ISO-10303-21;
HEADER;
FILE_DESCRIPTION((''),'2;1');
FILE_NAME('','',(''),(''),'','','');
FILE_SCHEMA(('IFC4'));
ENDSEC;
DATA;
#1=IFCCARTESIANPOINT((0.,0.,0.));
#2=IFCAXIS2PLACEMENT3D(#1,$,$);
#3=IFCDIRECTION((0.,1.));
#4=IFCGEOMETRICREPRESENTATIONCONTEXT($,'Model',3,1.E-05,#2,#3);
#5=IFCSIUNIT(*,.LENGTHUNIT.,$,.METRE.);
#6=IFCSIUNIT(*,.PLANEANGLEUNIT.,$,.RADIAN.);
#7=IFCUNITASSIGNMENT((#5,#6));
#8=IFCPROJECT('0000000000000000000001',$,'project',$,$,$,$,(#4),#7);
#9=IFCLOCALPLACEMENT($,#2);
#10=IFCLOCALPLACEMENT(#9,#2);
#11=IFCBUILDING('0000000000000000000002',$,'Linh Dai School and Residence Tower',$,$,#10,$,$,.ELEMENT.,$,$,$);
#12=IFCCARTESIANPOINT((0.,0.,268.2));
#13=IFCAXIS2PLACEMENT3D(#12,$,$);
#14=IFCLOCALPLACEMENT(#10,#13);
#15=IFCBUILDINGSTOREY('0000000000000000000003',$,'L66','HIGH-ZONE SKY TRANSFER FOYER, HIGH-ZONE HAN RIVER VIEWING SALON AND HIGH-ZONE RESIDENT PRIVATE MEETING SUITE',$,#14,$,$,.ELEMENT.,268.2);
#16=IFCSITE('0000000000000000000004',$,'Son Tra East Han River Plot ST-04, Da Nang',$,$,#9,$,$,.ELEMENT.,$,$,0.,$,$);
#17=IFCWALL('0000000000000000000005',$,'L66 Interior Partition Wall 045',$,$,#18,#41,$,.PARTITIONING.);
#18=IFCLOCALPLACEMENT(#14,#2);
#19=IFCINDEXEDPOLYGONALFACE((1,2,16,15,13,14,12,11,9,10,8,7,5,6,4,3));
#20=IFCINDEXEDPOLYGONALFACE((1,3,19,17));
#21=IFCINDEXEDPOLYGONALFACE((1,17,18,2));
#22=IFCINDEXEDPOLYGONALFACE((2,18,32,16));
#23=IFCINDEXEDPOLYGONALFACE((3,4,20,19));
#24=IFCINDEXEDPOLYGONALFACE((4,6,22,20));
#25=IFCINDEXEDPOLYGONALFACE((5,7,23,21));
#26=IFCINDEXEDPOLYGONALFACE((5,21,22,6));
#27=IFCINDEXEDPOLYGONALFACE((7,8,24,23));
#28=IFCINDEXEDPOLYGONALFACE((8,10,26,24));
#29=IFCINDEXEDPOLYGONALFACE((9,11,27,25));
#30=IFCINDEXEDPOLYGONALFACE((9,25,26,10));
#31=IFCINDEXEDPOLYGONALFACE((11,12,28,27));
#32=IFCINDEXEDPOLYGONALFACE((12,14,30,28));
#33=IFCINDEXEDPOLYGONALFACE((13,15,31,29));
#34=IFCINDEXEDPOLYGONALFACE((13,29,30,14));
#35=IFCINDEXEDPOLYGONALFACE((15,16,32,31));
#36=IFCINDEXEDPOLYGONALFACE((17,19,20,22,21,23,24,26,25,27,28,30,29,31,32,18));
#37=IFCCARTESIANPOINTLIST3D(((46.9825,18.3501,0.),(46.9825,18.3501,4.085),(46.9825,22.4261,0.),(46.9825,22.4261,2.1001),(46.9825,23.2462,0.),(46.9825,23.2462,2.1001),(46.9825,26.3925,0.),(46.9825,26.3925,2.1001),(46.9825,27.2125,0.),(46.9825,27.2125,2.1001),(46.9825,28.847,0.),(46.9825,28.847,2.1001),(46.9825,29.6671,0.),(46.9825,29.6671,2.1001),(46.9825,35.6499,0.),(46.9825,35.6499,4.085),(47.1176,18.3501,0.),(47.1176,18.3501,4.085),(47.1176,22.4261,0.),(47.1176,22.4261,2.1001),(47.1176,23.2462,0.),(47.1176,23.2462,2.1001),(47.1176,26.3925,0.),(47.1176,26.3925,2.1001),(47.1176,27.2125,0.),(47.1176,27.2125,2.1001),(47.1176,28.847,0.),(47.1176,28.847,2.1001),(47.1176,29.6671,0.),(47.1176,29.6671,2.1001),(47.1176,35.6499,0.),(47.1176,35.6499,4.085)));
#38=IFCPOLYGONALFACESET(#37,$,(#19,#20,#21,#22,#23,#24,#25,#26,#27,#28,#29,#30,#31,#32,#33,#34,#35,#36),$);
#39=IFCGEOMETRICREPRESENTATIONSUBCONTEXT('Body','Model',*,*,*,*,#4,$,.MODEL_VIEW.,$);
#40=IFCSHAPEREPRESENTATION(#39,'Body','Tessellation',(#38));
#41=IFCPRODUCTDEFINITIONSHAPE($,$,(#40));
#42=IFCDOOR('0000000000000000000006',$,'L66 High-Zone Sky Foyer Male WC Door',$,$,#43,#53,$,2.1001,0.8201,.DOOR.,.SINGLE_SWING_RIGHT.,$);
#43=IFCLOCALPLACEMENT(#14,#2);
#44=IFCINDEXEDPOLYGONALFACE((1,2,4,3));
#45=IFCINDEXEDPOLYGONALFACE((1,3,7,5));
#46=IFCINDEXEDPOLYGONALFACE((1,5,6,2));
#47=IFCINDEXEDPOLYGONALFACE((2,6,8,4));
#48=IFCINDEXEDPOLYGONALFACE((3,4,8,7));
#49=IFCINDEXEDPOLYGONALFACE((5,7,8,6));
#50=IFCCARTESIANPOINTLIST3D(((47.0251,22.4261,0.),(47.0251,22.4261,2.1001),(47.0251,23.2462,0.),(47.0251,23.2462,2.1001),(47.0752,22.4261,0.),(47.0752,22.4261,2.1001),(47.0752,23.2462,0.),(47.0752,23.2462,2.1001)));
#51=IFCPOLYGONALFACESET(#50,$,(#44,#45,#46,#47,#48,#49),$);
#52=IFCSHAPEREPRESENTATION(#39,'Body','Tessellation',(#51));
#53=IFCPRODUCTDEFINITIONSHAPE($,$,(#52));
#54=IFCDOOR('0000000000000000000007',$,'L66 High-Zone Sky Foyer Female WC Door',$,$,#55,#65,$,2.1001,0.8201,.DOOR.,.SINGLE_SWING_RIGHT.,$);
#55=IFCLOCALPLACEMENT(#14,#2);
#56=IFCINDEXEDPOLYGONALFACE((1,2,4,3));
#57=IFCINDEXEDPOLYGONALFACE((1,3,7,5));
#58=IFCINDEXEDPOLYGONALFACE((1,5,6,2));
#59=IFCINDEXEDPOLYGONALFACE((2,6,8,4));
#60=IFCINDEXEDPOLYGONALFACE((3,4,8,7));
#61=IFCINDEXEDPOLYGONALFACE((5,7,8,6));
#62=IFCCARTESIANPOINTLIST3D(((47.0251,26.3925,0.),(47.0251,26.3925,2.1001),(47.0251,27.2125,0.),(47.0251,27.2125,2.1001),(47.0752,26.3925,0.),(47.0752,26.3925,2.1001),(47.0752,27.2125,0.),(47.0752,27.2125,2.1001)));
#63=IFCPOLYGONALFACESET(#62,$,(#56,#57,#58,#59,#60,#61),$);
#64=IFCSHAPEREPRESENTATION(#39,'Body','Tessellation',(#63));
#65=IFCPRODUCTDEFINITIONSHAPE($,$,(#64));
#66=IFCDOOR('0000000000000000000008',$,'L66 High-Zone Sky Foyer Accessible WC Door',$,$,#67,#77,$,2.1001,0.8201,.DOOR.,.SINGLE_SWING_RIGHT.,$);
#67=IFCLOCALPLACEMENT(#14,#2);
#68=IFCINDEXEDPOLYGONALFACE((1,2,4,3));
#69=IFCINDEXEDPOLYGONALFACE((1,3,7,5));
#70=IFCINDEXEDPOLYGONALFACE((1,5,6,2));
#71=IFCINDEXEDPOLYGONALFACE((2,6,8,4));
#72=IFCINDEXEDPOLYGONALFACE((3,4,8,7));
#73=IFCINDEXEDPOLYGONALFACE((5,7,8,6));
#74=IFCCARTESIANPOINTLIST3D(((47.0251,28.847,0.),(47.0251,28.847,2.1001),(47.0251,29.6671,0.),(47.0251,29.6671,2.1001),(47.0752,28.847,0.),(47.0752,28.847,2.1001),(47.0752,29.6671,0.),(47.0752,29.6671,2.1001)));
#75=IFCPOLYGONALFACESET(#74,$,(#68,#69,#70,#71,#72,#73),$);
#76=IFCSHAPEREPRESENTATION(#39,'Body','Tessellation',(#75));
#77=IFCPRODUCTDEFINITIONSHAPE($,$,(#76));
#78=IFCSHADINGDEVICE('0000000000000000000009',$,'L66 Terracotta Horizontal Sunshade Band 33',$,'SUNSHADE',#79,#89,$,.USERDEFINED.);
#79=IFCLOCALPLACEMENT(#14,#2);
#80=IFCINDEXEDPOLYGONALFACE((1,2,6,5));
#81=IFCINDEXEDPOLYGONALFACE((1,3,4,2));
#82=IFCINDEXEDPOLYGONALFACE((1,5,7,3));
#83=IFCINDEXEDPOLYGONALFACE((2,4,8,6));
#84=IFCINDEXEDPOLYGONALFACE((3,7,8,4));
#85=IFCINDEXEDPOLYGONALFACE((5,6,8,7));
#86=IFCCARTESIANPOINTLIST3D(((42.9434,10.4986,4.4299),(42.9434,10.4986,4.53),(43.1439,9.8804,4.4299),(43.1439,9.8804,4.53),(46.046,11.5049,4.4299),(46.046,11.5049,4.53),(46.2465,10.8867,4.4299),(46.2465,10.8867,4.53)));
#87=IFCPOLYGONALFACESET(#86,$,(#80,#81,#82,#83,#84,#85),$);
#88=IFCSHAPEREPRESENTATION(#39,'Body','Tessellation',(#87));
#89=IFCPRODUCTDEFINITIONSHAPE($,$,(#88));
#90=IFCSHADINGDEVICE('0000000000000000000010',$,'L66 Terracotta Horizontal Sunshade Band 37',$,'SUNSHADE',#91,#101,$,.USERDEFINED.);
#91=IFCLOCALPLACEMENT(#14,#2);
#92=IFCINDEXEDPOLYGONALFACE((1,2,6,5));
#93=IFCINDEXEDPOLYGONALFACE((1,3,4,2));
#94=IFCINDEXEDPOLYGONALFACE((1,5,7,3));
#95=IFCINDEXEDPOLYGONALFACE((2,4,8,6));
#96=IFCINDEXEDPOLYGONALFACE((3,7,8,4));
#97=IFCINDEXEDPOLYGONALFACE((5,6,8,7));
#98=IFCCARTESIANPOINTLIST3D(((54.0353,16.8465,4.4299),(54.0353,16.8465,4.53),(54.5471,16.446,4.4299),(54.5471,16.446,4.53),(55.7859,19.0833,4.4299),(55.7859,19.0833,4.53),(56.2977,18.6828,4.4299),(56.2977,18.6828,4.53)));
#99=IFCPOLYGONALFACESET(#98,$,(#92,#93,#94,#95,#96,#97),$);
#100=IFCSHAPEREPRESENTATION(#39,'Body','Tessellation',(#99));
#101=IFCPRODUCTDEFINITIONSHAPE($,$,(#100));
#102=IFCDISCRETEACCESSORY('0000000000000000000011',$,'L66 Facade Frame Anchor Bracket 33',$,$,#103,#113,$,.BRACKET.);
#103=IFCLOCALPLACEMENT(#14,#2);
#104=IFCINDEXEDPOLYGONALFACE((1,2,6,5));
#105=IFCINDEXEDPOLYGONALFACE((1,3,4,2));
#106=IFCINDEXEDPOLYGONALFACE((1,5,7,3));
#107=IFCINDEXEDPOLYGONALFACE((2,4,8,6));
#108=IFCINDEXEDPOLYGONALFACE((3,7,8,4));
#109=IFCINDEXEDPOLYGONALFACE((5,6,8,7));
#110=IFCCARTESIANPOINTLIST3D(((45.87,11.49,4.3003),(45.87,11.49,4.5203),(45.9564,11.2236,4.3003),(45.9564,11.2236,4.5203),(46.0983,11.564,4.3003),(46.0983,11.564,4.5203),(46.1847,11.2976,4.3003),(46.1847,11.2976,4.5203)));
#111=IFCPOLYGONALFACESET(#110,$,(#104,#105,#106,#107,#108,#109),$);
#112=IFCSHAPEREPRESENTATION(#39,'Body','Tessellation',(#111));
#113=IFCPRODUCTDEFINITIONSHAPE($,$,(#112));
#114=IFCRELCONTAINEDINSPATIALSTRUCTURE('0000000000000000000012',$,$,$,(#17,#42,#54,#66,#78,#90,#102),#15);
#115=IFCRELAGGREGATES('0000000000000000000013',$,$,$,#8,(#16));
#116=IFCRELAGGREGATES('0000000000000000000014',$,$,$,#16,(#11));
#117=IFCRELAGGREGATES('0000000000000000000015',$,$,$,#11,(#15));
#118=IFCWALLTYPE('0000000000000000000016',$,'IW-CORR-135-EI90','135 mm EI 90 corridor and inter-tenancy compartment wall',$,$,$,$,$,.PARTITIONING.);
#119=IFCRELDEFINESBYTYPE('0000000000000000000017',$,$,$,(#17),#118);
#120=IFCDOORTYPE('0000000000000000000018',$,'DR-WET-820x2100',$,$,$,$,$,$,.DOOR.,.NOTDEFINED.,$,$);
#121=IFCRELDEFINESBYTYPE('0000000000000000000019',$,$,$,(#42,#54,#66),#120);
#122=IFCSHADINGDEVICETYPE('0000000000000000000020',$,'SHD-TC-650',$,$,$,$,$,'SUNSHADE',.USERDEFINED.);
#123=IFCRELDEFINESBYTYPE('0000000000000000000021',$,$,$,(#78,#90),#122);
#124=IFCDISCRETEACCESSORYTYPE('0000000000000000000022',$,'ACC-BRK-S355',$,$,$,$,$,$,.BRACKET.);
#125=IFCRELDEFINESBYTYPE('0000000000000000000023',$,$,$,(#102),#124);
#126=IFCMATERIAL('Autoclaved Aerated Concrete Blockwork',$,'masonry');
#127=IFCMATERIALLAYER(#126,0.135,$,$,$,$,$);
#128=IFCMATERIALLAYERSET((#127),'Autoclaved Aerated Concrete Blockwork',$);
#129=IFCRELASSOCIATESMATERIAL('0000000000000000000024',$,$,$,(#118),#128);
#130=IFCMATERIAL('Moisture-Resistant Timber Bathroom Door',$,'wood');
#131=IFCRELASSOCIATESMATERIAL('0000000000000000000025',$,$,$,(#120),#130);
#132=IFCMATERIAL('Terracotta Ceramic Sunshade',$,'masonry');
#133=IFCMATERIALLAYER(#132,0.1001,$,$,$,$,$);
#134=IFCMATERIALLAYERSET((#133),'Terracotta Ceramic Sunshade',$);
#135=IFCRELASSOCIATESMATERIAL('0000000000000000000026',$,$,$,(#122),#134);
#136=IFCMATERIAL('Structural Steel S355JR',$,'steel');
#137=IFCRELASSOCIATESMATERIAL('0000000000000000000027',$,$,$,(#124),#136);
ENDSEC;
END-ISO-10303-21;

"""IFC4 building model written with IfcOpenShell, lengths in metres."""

from ifc_helpers import new_model, si_unit, direction, frame, frame_2d, origin, origin_2d, place, context, subcontext, project, spatial, rectangle, extrude, source, transform, mapped, material, layer, layer_set, type_object, element, fill, save


model = new_model("IFC4")

# Units and contexts
model_context = context("Model", 3, precision=1e-05, world=origin(), true_north=direction((0.0, 1.0)))
body_context = subcontext(model_context, "Body", "Model", "MODEL_VIEW")
ifc_project = project(units=[si_unit("LENGTHUNIT", "METRE"), si_unit("PLANEANGLEUNIT", "RADIAN")], contexts=[model_context])

# Site, building, storey
site_placement = place(None, origin())
site = spatial("IfcSite", under=ifc_project, at=site_placement, Name="Son Tra East Han River Plot ST-04, Da Nang", CompositionType="ELEMENT", RefElevation=0.0)
building_placement = place(site_placement, origin())
building = spatial("IfcBuilding", under=site, at=building_placement, Name="Linh Dai School and Residence Tower", CompositionType="ELEMENT")
storey_placement = place(building_placement, frame((0.0, 0.0, 268.2)))
storey = spatial("IfcBuildingStorey", under=building, at=storey_placement, Name="L66", Description="HIGH-ZONE SKY TRANSFER FOYER, HIGH-ZONE HAN RIVER VIEWING SALON AND HIGH-ZONE RESIDENT PRIVATE MEETING SUITE", CompositionType="ELEMENT", Elevation=268.2)

# Shared definitions
ifc_material_1 = material(Name="Structural Steel S355JR", Category="steel")

# Wall, openings, doors
ifc_material_2 = material(Name="Autoclaved Aerated Concrete Blockwork", Category="masonry")
ifc_layer_1 = layer(ifc_material_2, 0.135)
ifc_layer_set_1 = layer_set([ifc_layer_1], Name="Autoclaved Aerated Concrete Blockwork")
wall_type_1 = type_object("IfcWallType", Name="IW-CORR-135-EI90", Description="135 mm EI 90 corridor and inter-tenancy compartment wall", PredefinedType="PARTITIONING", material=ifc_layer_set_1)
wall_1_placement = place(storey_placement, frame((47.05, 18.3501, 0.0), z_axis=(0.0, 0.0, 1.0), x_axis=(0.0, 1.0, 0.0)))
wall_1 = element("IfcWall", 1, at=wall_1_placement, inside=storey, type_object=wall_type_1, Name="L66 Interior Partition Wall 045", PredefinedType="PARTITIONING", context=body_context, shape_type="SweptSolid", body=[
    extrude(rectangle(XDim=17.2998, YDim=0.135, at=frame_2d((8.6499, 0.0))), origin(), (0.0, 0.0, 1.0), 4.085),
])
opening_1_placement = place(wall_1_placement, frame((4.0759, 0.0, 0.0)))
opening_1 = element("IfcOpeningElement", 2, at=opening_1_placement, cuts=wall_1, PredefinedType="OPENING", context=body_context, shape_type="SweptSolid", body=[
    extrude(rectangle(XDim=0.8201, YDim=2.1001, at=origin_2d()), frame((0.4102, 0.0776, 1.05), z_axis=(0.0, -1.0, 0.0), x_axis=(1.0, 0.0, 0.0)), (0.0, 0.0, 1.0), 0.155),
])
opening_2_placement = place(wall_1_placement, frame((8.0422, 0.0, 0.0)))
opening_2 = element("IfcOpeningElement", 3, at=opening_2_placement, cuts=wall_1, PredefinedType="OPENING", context=body_context, shape_type="SweptSolid", body=[
    extrude(rectangle(XDim=0.8201, YDim=2.1001, at=origin_2d()), frame((0.4102, 0.0776, 1.05), z_axis=(0.0, -1.0, 0.0), x_axis=(1.0, 0.0, 0.0)), (0.0, 0.0, 1.0), 0.155),
])
opening_3_placement = place(wall_1_placement, frame((10.4968, 0.0, 0.0)))
opening_3 = element("IfcOpeningElement", 4, at=opening_3_placement, cuts=wall_1, PredefinedType="OPENING", context=body_context, shape_type="SweptSolid", body=[
    extrude(rectangle(XDim=0.8201, YDim=2.1001, at=origin_2d()), frame((0.4102, 0.0776, 1.05), z_axis=(0.0, -1.0, 0.0), x_axis=(1.0, 0.0, 0.0)), (0.0, 0.0, 1.0), 0.155),
])
ifc_material_3 = material(Name="Moisture-Resistant Timber Bathroom Door", Category="wood")
door_type = type_object("IfcDoorType", Name="DR-WET-820x2100", OperationType="NOTDEFINED", PredefinedType="DOOR", material=ifc_material_3)
shared_shape_1 = source(origin(), body_context, "Body", "SweptSolid", [
    extrude(rectangle(XDim=0.8201, YDim=2.1001, at=origin_2d()), frame((0.4102, 0.0249, 1.05), z_axis=(0.0, -1.0, 0.0), x_axis=(1.0, 0.0, 0.0)), (0.0, 0.0, 1.0), 0.05),
])
door_1_placement = place(opening_1_placement, origin())
door_1 = element("IfcDoor", 5, at=door_1_placement, inside=storey, type_object=door_type, Name="L66 High-Zone Sky Foyer Male WC Door", OperationType="SINGLE_SWING_RIGHT", OverallHeight=2.1001, OverallWidth=0.8201, PredefinedType="DOOR", context=body_context, shape_type="MappedRepresentation", body=[
    mapped(shared_shape_1, transform((0.0, 0.0, 0.0), x_axis=(1.0, 0.0, 0.0), y_axis=(0.0, 1.0, 0.0), z_axis=(0.0, 0.0, 1.0), scale=1.0)),
])
fill(opening_1, door_1)
door_2_placement = place(opening_2_placement, origin())
door_2 = element("IfcDoor", 6, at=door_2_placement, inside=storey, type_object=door_type, Name="L66 High-Zone Sky Foyer Female WC Door", OperationType="SINGLE_SWING_RIGHT", OverallHeight=2.1001, OverallWidth=0.8201, PredefinedType="DOOR", context=body_context, shape_type="MappedRepresentation", body=[
    mapped(shared_shape_1, transform((0.0, 0.0, 0.0), x_axis=(1.0, 0.0, 0.0), y_axis=(0.0, 1.0, 0.0), z_axis=(0.0, 0.0, 1.0), scale=1.0)),
])
fill(opening_2, door_2)
door_3_placement = place(opening_3_placement, origin())
door_3 = element("IfcDoor", 7, at=door_3_placement, inside=storey, type_object=door_type, Name="L66 High-Zone Sky Foyer Accessible WC Door", OperationType="SINGLE_SWING_RIGHT", OverallHeight=2.1001, OverallWidth=0.8201, PredefinedType="DOOR", context=body_context, shape_type="MappedRepresentation", body=[
    mapped(shared_shape_1, transform((0.0, 0.0, 0.0), x_axis=(1.0, 0.0, 0.0), y_axis=(0.0, 1.0, 0.0), z_axis=(0.0, 0.0, 1.0), scale=1.0)),
])
fill(opening_3, door_3)

# Shading devices
ifc_material_4 = material(Name="Terracotta Ceramic Sunshade", Category="masonry")
ifc_layer_2 = layer(ifc_material_4, 0.1001)
ifc_layer_set_2 = layer_set([ifc_layer_2], Name="Terracotta Ceramic Sunshade")
shading_device_type = type_object("IfcShadingDeviceType", Name="SHD-TC-650", ElementType="SUNSHADE", PredefinedType="USERDEFINED", material=ifc_layer_set_2)
shared_shape_2 = source(origin(), body_context, "Body", "SweptSolid", [
    extrude(rectangle(XDim=3.2617, YDim=0.6499, at=origin_2d()), origin(), (0.0, 0.0, 1.0), 0.1001),
])
shading_device_1_placement = place(storey_placement, frame((44.595, 10.6926, 4.4299), z_axis=(0.0, 0.0, 1.0), x_axis=(-0.951218, -0.308519, 0.0)))
element("IfcShadingDevice", 8, at=shading_device_1_placement, inside=storey, type_object=shading_device_type, Name="L66 Terracotta Horizontal Sunshade Band 33", ObjectType="SUNSHADE", PredefinedType="USERDEFINED", context=body_context, shape_type="MappedRepresentation", body=[
    mapped(shared_shape_2, transform((0.0, 0.0, 0.0), x_axis=(1.0, 0.0, 0.0), y_axis=(0.0, 1.0, 0.0), z_axis=(0.0, 0.0, 1.0), scale=1.0)),
])
shared_shape_3 = source(origin(), body_context, "Body", "SweptSolid", [
    extrude(rectangle(XDim=2.8403, YDim=0.6499, at=origin_2d()), origin(), (0.0, 0.0, 1.0), 0.1001),
])
shading_device_2_placement = place(storey_placement, frame((55.1665, 17.7646, 4.4299), z_axis=(0.0, 0.0, 1.0), x_axis=(-0.616311, -0.787503, 0.0)))
element("IfcShadingDevice", 9, at=shading_device_2_placement, inside=storey, type_object=shading_device_type, Name="L66 Terracotta Horizontal Sunshade Band 37", ObjectType="SUNSHADE", PredefinedType="USERDEFINED", context=body_context, shape_type="MappedRepresentation", body=[
    mapped(shared_shape_3, transform((0.0, 0.0, 0.0), x_axis=(1.0, 0.0, 0.0), y_axis=(0.0, 1.0, 0.0), z_axis=(0.0, 0.0, 1.0), scale=1.0)),
])

# Discrete accessory
discrete_accessory_type = type_object("IfcDiscreteAccessoryType", Name="ACC-BRK-S355", PredefinedType="BRACKET", material=ifc_material_1)
shared_shape_4 = source(origin(), body_context, "Body", "SweptSolid", [
    extrude(rectangle(XDim=0.28, YDim=0.24, at=origin_2d()), origin(), (0.0, 0.0, 1.0), 0.22),
])
discrete_accessory_placement = place(storey_placement, frame((46.0273, 11.3938, 4.3003), z_axis=(0.0, 0.0, 1.0), x_axis=(0.308519, -0.951218, 0.0)))
element("IfcDiscreteAccessory", 10, at=discrete_accessory_placement, inside=storey, type_object=discrete_accessory_type, Name="L66 Facade Frame Anchor Bracket 33", PredefinedType="BRACKET", context=body_context, shape_type="MappedRepresentation", body=[
    mapped(shared_shape_4, transform((0.0, 0.0, 0.0), x_axis=(1.0, 0.0, 0.0), y_axis=(0.0, 1.0, 0.0), z_axis=(0.0, 0.0, 1.0), scale=1.0)),
])

save(model, "model.ifc")
